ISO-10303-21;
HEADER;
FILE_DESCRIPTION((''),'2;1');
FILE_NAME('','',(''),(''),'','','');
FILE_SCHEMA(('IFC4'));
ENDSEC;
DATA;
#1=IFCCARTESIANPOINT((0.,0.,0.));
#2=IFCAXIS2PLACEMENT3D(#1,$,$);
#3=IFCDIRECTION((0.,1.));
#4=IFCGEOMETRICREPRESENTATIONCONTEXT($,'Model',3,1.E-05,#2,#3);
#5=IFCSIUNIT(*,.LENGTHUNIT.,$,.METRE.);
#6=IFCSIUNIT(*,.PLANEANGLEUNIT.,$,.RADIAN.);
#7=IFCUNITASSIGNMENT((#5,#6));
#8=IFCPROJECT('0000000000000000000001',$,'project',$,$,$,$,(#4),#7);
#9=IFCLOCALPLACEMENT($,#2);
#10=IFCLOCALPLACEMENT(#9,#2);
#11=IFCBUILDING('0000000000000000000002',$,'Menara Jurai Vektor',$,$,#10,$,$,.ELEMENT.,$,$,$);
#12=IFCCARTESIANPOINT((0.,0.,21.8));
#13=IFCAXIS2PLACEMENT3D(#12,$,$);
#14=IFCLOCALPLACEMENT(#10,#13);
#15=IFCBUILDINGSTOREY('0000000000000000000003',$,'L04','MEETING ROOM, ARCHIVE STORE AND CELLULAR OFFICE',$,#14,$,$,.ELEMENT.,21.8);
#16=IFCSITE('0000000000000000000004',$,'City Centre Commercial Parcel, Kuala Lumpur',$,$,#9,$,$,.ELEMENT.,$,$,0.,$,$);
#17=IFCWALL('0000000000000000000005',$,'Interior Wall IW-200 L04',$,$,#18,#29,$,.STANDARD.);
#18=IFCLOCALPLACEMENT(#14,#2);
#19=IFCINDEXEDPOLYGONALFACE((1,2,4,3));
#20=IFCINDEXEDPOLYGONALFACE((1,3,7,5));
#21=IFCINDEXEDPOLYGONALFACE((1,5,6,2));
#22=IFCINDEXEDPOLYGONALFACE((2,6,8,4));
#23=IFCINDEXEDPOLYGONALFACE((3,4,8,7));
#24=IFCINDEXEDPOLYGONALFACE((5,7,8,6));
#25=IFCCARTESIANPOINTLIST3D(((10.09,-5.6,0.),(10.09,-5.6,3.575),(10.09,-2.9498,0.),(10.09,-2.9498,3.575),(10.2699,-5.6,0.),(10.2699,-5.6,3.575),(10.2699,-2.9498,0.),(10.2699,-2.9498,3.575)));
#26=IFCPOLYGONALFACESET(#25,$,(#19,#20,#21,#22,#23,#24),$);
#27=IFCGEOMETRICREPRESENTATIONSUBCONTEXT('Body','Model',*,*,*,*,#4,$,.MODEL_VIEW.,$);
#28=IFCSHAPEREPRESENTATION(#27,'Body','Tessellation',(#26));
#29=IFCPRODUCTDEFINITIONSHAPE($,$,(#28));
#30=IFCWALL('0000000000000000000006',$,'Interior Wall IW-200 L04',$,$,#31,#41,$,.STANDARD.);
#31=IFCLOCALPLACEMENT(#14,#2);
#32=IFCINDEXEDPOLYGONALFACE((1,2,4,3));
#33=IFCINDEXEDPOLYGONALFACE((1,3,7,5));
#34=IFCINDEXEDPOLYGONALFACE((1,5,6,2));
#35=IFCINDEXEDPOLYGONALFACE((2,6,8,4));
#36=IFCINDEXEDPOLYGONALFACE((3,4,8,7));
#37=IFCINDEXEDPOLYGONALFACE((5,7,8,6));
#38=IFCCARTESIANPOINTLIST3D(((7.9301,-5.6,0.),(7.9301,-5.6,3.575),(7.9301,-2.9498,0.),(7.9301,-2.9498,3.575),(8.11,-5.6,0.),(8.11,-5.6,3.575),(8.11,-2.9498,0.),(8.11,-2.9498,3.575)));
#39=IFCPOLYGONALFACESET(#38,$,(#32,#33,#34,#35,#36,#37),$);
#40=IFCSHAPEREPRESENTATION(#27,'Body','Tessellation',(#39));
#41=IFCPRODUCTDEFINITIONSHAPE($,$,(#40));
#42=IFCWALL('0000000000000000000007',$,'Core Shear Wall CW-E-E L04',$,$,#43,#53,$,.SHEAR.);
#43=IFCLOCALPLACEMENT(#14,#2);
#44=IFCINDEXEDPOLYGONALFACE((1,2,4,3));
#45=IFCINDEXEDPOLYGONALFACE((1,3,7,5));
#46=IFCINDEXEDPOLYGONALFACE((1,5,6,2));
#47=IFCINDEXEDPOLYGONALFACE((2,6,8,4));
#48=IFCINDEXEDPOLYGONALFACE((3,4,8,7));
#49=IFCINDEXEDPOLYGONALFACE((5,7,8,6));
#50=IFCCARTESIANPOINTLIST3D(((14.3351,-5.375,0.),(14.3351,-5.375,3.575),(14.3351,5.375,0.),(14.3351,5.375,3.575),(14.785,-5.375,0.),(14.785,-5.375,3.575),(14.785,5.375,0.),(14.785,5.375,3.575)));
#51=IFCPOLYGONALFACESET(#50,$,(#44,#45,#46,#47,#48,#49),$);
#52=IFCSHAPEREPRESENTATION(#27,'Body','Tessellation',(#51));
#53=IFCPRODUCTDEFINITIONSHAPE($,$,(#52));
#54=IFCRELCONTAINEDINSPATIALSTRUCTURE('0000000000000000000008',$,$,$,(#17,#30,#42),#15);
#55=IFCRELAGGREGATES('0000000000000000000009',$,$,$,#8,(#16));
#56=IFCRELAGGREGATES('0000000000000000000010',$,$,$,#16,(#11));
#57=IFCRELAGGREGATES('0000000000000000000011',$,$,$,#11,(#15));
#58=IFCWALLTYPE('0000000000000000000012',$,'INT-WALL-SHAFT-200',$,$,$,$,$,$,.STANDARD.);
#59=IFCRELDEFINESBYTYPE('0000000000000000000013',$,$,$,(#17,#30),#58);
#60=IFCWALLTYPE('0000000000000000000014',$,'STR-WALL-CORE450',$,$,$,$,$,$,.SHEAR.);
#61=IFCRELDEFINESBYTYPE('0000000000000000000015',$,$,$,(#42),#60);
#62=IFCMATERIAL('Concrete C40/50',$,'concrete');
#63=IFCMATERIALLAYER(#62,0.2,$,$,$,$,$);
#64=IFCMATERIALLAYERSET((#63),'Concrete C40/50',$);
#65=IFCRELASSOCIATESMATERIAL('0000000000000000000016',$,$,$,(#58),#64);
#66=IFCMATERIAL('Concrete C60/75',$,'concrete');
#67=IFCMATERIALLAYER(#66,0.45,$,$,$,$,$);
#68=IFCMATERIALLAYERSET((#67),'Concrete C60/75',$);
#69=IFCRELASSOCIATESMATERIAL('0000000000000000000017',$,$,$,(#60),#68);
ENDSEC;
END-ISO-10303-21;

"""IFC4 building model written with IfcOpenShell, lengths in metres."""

from ifc_helpers import new_model, si_unit, direction, frame, frame_2d, origin, place, context, subcontext, project, spatial, rectangle, extrude, material, layer, layer_set, type_object, element, save


model = new_model("IFC4")

# Units and contexts
model_context = context("Model", 3, precision=1e-05, world=origin(), true_north=direction((0.0, 1.0)))
body_context = subcontext(model_context, "Body", "Model", "MODEL_VIEW")
ifc_project = project(units=[si_unit("LENGTHUNIT", "METRE"), si_unit("PLANEANGLEUNIT", "RADIAN")], contexts=[model_context])

# Site, building, storey
site_placement = place(None, origin())
site = spatial("IfcSite", under=ifc_project, at=site_placement, Name="City Centre Commercial Parcel, Kuala Lumpur", CompositionType="ELEMENT", RefElevation=0.0)
building_placement = place(site_placement, origin())
building = spatial("IfcBuilding", under=site, at=building_placement, Name="Menara Jurai Vektor", CompositionType="ELEMENT")
storey_placement = place(building_placement, frame((0.0, 0.0, 21.8)))
storey = spatial("IfcBuildingStorey", under=building, at=storey_placement, Name="L04", Description="MEETING ROOM, ARCHIVE STORE AND CELLULAR OFFICE", CompositionType="ELEMENT", Elevation=21.8)

# Shared definitions
ifc_material_1 = material(Name="Concrete C60/75", Category="concrete")

# Shared definitions
ifc_material_2 = material(Name="Concrete C40/50", Category="concrete")

# Shared definitions
ifc_layer_1 = layer(ifc_material_2, 0.2)
ifc_layer_set_1 = layer_set([ifc_layer_1], Name="Concrete C40/50")
wall_type_1 = type_object("IfcWallType", Name="INT-WALL-SHAFT-200", PredefinedType="STANDARD", material=ifc_layer_set_1)

# Walls
for number, where, z_axis, x_axis, name in (
    (1, (10.1799, -5.6001, 0.0), (0.0, 0.0, 1.0), (0.0, 1.0, 0.0), "Interior Wall IW-200 L04"),
    (2, (8.02, -5.6001, 0.0), (0.0, 0.0, 1.0), (0.0, 1.0, 0.0), "Interior Wall IW-200 L04"),
):
    element("IfcWall", number, at=place(storey_placement, frame(where, z_axis=z_axis, x_axis=x_axis)), inside=storey, type_object=wall_type_1, Name=name, PredefinedType="STANDARD", context=body_context, shape_type="SweptSolid", body=[
        extrude(rectangle(XDim=2.6501, YDim=0.1799, at=frame_2d((1.3252, 0.0))), origin(), (0.0, 0.0, 1.0), 3.575),
    ])
ifc_layer_2 = layer(ifc_material_1, 0.45)
ifc_layer_set_2 = layer_set([ifc_layer_2], Name="Concrete C60/75")
wall_type_2 = type_object("IfcWallType", Name="STR-WALL-CORE450", PredefinedType="SHEAR", material=ifc_layer_set_2)
wall_1_placement = place(storey_placement, frame((14.5601, -5.375, 0.0), z_axis=(0.0, 0.0, 1.0), x_axis=(0.0, 1.0, 0.0)))
element("IfcWall", 3, at=wall_1_placement, inside=storey, type_object=wall_type_2, Name="Core Shear Wall CW-E-E L04", PredefinedType="SHEAR", context=body_context, shape_type="SweptSolid", body=[
    extrude(rectangle(XDim=10.75, YDim=0.45, at=frame_2d((5.375, 0.0))), origin(), (0.0, 0.0, 1.0), 3.575),
])

save(model, "model.ifc")
